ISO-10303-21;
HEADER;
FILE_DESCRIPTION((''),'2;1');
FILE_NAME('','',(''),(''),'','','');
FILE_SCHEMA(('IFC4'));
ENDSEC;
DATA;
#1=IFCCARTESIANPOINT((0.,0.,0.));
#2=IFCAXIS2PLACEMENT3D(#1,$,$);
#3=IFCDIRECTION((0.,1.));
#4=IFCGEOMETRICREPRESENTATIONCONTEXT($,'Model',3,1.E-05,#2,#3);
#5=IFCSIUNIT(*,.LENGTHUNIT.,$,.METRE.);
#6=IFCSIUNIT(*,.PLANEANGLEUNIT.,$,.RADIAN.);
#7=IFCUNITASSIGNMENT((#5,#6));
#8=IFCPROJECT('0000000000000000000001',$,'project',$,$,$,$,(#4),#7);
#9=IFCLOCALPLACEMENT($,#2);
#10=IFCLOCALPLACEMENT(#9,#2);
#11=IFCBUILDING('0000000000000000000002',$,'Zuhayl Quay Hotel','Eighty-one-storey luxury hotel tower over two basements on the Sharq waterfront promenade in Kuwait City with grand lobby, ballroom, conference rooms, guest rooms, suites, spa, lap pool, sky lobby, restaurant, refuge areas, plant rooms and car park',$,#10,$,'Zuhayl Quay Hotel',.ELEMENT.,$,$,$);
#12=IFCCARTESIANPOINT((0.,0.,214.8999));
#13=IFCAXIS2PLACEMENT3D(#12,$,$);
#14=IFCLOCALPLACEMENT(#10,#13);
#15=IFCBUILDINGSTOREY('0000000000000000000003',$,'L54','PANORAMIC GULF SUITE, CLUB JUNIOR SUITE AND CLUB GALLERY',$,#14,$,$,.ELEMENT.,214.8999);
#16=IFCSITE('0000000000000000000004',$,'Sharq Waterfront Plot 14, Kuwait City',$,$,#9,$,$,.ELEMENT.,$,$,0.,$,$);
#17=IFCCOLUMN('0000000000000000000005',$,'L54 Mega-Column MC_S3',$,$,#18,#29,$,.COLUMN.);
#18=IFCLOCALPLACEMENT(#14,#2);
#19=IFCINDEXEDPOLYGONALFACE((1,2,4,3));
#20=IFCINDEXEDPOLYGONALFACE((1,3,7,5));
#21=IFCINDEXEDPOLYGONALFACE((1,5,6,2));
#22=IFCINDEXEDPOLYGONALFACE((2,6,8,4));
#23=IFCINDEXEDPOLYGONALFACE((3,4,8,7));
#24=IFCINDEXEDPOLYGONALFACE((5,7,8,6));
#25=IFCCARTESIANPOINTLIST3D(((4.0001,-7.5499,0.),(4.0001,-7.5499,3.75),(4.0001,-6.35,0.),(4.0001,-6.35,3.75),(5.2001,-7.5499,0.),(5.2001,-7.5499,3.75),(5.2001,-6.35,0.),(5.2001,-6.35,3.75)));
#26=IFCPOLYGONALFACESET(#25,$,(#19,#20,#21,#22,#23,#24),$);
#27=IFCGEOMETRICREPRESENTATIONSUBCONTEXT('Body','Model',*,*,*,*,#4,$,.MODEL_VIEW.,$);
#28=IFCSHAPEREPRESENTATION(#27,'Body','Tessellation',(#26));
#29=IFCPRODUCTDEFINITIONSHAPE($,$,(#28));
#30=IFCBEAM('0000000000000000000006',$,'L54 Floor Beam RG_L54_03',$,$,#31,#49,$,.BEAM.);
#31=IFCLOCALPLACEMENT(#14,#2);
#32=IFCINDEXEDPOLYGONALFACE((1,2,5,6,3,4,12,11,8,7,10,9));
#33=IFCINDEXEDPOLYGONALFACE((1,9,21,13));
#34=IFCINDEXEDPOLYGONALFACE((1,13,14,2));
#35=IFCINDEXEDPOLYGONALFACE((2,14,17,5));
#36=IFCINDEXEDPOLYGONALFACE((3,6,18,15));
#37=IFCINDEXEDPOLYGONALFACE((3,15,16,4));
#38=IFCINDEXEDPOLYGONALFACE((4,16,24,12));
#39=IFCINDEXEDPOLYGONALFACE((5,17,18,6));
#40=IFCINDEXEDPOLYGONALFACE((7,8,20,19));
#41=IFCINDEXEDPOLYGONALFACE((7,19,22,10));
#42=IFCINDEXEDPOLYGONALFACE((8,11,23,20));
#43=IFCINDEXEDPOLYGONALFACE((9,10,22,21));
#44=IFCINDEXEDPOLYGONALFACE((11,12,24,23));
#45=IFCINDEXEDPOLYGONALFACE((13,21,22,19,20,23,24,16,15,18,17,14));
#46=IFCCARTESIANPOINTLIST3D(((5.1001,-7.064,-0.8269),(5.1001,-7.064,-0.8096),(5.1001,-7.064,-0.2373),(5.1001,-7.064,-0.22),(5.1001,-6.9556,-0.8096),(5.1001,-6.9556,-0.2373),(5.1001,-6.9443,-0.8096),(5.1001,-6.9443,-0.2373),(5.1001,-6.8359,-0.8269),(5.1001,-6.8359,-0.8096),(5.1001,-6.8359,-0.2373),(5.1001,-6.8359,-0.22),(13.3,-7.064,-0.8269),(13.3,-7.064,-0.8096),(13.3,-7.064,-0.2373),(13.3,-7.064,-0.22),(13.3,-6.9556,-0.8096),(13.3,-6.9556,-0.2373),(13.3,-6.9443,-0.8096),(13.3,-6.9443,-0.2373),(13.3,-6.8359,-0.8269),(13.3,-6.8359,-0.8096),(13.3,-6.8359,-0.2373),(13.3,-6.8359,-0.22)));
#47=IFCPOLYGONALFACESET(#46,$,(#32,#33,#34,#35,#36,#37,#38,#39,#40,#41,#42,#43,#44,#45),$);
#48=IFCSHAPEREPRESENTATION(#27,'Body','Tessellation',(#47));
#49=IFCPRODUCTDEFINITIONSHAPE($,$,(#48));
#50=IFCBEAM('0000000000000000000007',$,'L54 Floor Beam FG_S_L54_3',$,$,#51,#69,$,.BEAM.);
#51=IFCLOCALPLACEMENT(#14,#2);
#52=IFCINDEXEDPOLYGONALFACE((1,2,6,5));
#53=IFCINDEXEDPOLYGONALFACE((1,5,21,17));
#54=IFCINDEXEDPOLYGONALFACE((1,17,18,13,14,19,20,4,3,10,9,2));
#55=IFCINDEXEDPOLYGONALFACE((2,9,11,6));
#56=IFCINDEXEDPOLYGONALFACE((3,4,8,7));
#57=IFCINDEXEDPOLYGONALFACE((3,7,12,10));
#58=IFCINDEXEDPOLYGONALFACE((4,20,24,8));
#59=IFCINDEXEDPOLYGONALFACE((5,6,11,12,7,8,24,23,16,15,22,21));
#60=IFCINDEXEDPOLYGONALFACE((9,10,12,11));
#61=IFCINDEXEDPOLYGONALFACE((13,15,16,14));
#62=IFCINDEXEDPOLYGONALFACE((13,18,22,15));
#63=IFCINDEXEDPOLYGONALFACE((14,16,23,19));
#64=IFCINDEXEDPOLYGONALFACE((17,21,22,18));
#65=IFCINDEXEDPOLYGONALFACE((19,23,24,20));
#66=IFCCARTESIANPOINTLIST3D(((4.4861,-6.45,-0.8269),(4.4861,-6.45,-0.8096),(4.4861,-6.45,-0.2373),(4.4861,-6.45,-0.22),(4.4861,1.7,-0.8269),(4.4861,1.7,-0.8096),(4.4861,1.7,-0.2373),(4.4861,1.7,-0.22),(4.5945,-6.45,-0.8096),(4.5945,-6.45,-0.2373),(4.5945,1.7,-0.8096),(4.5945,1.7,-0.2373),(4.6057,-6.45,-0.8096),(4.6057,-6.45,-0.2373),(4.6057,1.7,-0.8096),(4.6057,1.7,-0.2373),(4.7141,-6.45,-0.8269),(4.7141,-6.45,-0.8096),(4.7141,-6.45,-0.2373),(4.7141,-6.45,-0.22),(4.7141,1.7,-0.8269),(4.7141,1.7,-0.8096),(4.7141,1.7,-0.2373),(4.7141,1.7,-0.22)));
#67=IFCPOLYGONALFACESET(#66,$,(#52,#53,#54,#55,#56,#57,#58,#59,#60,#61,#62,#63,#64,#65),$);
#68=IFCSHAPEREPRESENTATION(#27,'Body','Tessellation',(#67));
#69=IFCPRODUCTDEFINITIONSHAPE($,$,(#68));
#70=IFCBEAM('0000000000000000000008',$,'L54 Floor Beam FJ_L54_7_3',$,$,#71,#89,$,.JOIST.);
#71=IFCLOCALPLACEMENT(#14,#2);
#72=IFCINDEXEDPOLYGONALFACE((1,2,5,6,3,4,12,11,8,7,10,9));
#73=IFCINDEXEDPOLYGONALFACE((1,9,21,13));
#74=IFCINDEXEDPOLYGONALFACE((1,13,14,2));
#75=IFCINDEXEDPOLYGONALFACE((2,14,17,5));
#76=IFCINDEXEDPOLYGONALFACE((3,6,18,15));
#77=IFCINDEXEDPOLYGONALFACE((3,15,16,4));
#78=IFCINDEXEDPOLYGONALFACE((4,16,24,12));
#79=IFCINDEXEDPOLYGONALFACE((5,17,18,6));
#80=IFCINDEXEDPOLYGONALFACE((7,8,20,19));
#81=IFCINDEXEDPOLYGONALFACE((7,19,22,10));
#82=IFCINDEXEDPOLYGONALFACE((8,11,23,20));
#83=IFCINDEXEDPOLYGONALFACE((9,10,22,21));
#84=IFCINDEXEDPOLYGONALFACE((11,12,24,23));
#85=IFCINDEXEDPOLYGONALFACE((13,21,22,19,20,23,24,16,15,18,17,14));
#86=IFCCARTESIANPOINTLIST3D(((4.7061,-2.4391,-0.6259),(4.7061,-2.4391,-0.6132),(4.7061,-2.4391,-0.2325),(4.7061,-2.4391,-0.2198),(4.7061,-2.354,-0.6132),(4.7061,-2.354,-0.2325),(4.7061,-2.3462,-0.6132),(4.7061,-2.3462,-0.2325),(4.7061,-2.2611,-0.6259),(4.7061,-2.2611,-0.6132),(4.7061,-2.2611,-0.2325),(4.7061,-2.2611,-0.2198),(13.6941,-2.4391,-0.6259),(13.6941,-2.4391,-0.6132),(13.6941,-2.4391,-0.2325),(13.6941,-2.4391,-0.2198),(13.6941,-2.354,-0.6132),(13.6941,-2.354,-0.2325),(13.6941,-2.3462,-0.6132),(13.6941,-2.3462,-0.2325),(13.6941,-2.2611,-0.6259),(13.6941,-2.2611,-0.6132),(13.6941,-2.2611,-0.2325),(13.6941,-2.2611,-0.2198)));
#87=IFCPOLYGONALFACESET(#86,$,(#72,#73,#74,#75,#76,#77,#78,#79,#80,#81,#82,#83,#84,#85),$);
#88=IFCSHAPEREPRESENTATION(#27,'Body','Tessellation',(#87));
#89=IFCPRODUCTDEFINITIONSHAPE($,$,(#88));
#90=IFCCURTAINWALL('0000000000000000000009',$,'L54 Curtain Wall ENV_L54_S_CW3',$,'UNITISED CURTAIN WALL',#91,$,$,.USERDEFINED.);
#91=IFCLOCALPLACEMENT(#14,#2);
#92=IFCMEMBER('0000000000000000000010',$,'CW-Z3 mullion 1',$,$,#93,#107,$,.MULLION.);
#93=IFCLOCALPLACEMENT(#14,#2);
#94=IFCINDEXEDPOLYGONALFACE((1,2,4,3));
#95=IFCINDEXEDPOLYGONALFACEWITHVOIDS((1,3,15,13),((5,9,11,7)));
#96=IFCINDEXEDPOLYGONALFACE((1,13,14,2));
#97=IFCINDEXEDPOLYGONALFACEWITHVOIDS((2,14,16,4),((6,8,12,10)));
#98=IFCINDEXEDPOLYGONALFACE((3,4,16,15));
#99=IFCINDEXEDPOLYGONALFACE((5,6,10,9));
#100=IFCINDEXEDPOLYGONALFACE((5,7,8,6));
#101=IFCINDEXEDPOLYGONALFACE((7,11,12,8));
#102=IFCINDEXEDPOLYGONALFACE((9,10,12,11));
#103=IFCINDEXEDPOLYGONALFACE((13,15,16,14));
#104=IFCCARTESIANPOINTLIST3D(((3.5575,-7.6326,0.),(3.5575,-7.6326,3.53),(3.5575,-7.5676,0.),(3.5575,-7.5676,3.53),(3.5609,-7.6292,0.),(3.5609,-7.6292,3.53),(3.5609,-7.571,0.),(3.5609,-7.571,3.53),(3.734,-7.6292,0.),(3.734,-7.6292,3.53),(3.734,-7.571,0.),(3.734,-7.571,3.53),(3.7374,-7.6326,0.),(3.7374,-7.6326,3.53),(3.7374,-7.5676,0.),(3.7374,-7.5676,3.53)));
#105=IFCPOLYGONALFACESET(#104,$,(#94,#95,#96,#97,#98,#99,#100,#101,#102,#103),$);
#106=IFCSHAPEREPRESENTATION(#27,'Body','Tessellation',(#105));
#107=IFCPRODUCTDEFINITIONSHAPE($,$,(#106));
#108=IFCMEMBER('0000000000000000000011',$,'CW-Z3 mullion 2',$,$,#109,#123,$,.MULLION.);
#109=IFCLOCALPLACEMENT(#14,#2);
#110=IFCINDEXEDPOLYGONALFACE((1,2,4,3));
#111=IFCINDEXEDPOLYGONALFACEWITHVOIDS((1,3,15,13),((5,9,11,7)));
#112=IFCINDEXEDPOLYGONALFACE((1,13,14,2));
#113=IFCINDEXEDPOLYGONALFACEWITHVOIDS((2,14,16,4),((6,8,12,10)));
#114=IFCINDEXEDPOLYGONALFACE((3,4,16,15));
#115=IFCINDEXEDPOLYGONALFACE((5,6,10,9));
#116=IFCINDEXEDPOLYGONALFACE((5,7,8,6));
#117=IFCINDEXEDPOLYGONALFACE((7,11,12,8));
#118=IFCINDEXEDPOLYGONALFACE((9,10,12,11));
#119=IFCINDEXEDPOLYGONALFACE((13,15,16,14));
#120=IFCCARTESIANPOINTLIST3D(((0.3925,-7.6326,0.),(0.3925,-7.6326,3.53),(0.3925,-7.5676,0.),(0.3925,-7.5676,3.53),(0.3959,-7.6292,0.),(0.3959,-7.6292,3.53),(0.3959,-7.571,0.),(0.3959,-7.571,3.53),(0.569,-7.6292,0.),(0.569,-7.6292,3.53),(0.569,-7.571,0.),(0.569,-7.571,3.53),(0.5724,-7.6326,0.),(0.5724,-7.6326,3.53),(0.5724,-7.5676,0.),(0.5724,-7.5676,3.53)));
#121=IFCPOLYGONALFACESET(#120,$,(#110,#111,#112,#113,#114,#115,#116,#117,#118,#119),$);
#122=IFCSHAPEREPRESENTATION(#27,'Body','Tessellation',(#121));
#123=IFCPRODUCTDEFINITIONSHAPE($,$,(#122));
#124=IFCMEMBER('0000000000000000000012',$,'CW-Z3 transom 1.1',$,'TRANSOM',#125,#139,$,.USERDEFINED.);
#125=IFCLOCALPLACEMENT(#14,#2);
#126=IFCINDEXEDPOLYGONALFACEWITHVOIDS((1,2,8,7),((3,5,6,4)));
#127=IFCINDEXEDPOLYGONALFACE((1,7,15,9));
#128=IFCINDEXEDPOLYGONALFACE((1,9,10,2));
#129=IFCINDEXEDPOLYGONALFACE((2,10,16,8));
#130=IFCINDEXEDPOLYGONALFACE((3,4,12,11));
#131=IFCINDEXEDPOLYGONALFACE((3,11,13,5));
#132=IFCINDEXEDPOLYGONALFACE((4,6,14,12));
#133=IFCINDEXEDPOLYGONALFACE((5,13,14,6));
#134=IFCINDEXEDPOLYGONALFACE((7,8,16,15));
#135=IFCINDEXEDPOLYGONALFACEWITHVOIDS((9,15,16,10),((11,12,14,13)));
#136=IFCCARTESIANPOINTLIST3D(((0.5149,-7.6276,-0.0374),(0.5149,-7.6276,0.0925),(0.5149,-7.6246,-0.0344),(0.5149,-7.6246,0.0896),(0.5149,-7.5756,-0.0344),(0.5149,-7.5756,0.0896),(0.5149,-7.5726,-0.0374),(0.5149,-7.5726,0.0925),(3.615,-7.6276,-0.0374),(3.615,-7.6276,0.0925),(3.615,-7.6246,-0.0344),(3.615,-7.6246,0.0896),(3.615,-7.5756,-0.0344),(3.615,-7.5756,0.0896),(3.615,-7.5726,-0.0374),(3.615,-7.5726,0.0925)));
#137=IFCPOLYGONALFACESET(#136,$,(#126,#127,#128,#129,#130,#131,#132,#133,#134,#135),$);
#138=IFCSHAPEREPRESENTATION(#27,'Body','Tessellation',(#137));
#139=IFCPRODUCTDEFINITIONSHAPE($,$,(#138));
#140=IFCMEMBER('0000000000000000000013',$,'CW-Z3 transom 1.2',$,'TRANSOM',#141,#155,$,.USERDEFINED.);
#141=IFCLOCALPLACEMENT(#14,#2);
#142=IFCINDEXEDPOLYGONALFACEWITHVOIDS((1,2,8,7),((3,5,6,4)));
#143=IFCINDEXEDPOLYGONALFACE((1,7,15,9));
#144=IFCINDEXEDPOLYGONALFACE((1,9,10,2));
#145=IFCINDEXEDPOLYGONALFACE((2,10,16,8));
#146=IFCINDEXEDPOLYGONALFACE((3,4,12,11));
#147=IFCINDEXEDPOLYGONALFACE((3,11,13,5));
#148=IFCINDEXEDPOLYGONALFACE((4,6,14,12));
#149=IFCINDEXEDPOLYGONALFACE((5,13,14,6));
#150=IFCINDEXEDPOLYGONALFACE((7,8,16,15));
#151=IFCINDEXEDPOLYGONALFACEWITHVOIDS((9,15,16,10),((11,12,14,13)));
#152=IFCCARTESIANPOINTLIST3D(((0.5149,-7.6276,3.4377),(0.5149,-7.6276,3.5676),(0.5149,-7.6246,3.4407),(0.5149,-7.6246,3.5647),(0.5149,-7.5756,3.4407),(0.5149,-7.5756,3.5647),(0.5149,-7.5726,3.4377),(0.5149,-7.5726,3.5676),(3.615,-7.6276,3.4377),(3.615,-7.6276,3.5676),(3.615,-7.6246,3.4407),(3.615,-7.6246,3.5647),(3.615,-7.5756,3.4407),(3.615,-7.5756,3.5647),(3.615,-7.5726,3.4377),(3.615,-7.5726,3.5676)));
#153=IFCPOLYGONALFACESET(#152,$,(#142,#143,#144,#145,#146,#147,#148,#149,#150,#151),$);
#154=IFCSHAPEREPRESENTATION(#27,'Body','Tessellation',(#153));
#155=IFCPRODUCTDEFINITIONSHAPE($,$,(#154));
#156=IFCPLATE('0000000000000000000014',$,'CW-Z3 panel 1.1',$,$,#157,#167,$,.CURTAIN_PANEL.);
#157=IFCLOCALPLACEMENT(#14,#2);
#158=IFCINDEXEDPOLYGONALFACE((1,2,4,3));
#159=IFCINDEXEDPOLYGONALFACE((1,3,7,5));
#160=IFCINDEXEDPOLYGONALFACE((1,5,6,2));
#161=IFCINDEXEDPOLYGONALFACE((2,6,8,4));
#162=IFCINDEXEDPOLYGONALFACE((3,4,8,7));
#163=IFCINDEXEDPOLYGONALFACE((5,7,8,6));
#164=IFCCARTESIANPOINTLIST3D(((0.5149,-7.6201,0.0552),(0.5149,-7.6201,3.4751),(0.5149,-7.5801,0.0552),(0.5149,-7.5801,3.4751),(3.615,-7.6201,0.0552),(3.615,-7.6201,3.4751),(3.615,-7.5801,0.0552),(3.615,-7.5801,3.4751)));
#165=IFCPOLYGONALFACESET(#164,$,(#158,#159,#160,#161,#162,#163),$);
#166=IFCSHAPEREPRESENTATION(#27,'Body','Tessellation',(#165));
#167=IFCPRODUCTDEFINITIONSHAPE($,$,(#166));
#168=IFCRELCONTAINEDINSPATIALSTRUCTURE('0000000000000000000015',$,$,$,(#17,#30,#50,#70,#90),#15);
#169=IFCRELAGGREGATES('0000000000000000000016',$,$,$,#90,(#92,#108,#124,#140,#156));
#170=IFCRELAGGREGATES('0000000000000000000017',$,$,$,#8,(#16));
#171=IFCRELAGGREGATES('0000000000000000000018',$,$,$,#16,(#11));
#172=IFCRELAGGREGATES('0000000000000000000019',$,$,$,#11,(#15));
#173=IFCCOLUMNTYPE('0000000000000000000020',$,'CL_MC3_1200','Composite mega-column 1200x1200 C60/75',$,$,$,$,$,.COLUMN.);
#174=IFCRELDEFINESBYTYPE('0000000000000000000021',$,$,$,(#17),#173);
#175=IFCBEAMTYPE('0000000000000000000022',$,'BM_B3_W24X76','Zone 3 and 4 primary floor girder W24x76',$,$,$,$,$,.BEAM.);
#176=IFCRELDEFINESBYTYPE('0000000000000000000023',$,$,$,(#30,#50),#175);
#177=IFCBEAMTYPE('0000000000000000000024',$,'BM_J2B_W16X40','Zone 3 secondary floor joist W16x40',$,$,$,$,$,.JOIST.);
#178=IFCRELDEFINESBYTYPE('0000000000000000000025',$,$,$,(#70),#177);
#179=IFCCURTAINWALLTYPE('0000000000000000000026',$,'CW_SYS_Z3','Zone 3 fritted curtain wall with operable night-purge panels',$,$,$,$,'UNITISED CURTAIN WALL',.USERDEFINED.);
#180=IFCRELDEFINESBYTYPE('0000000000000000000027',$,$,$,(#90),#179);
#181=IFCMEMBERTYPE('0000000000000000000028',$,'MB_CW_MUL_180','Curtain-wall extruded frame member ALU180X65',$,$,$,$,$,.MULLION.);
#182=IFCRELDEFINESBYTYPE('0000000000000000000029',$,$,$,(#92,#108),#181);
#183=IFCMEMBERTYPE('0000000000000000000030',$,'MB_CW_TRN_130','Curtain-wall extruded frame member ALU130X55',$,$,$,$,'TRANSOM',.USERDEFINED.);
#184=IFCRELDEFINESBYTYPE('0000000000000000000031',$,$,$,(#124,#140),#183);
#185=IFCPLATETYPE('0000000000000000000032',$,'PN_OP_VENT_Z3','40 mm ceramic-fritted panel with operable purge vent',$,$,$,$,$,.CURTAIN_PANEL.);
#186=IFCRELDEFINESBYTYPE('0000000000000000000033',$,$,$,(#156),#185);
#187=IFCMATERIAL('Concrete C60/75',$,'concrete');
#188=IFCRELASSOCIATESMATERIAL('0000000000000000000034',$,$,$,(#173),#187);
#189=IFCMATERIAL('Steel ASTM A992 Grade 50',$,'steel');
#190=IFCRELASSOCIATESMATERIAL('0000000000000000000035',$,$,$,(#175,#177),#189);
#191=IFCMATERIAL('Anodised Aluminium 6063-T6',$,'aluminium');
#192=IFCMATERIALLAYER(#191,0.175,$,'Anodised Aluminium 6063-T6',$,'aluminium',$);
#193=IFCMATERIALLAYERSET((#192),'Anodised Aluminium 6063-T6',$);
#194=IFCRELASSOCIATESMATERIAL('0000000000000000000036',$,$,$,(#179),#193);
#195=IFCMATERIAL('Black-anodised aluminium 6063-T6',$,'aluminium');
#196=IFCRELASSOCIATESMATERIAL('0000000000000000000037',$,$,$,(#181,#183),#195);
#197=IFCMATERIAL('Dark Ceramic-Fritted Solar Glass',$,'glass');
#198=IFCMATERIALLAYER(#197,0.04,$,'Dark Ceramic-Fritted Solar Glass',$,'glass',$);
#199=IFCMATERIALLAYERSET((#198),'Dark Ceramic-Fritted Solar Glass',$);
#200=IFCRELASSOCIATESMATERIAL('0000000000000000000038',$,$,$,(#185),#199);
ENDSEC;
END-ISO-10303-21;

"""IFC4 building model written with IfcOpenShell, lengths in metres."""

from ifc_helpers import new_model, si_unit, direction, frame, origin, origin_2d, place, context, subcontext, project, spatial, rectangle, hollow_rectangle, i_section, extrude, material, layer, layer_set, material_profile, profile_set, type_object, element, aggregate, save


model = new_model("IFC4")

# Units and contexts
model_context = context("Model", 3, precision=1e-05, world=origin(), true_north=direction((0.0, 1.0)))
body_context = subcontext(model_context, "Body", "Model", "MODEL_VIEW")
ifc_project = project(units=[si_unit("LENGTHUNIT", "METRE"), si_unit("PLANEANGLEUNIT", "RADIAN")], contexts=[model_context])

# Site, building, storey
site_placement = place(None, origin())
site = spatial("IfcSite", under=ifc_project, at=site_placement, Name="Sharq Waterfront Plot 14, Kuwait City", CompositionType="ELEMENT", RefElevation=0.0)
building_placement = place(site_placement, origin())
building = spatial("IfcBuilding", under=site, at=building_placement, Name="Zuhayl Quay Hotel", Description="Eighty-one-storey luxury hotel tower over two basements on the Sharq waterfront promenade in Kuwait City with grand lobby, ballroom, conference rooms, guest rooms, suites, spa, lap pool, sky lobby, restaurant, refuge areas, plant rooms and car park", LongName="Zuhayl Quay Hotel", CompositionType="ELEMENT")
storey_placement = place(building_placement, frame((0.0, 0.0, 214.8999)))
storey = spatial("IfcBuildingStorey", under=building, at=storey_placement, Name="L54", Description="PANORAMIC GULF SUITE, CLUB JUNIOR SUITE AND CLUB GALLERY", CompositionType="ELEMENT", Elevation=214.8999)

# Column
ifc_material_1 = material(Name="Concrete C60/75", Category="concrete")
ifc_material_profile_1 = material_profile(ifc_material_1, rectangle(XDim=1.2, YDim=1.2, at=origin_2d()), Name="RC1200X1200")
ifc_profile_set_1 = profile_set([ifc_material_profile_1], Name="Concrete C60/75")
column_type = type_object("IfcColumnType", Name="CL_MC3_1200", Description="Composite mega-column 1200x1200 C60/75", PredefinedType="COLUMN", material=ifc_profile_set_1)
column_placement = place(storey_placement, frame((4.6001, -6.95, 0.0), z_axis=(0.0, 0.0, 1.0), x_axis=(1.0, 0.0, 0.0)))
element("IfcColumn", 1, at=column_placement, inside=storey, type_object=column_type, Name="L54 Mega-Column MC_S3", PredefinedType="COLUMN", context=body_context, shape_type="SweptSolid", body=[
    extrude(rectangle(XDim=1.2, YDim=1.2, at=origin_2d()), origin(), (0.0, 0.0, 1.0), 3.75),
])

# Beams
ifc_material_2 = material(Name="Steel ASTM A992 Grade 50", Category="steel")
ifc_material_profile_2 = material_profile(ifc_material_2, i_section(OverallWidth=0.228, OverallDepth=0.6069, WebThickness=0.0112, FlangeThickness=0.0173, at=origin_2d()), Name="W24X76")
ifc_profile_set_2 = profile_set([ifc_material_profile_2], Name="Steel ASTM A992 Grade 50")
beam_type_1 = type_object("IfcBeamType", Name="BM_B3_W24X76", Description="Zone 3 and 4 primary floor girder W24x76", PredefinedType="BEAM", material=ifc_profile_set_2)
beam_1_placement = place(storey_placement, frame((5.1001, -6.95, -0.5234), z_axis=(1.0, 0.0, 0.0), x_axis=(0.0, 1.0, 0.0)))
element("IfcBeam", 2, at=beam_1_placement, inside=storey, type_object=beam_type_1, Name="L54 Floor Beam RG_L54_03", PredefinedType="BEAM", context=body_context, shape_type="SweptSolid", body=[
    extrude(i_section(OverallWidth=0.228, OverallDepth=0.6069, WebThickness=0.0112, FlangeThickness=0.0173, at=origin_2d()), origin(), (0.0, 0.0, 1.0), 8.2),
])
beam_2_placement = place(storey_placement, frame((4.6001, -6.45, -0.5234), z_axis=(0.0, 1.0, 0.0), x_axis=(-1.0, 0.0, 0.0)))
element("IfcBeam", 3, at=beam_2_placement, inside=storey, type_object=beam_type_1, Name="L54 Floor Beam FG_S_L54_3", PredefinedType="BEAM", context=body_context, shape_type="SweptSolid", body=[
    extrude(i_section(OverallWidth=0.228, OverallDepth=0.6069, WebThickness=0.0112, FlangeThickness=0.0173, at=origin_2d()), origin(), (0.0, 0.0, 1.0), 8.1499),
])
ifc_material_profile_3 = material_profile(ifc_material_2, i_section(OverallWidth=0.178, OverallDepth=0.406, WebThickness=0.0078, FlangeThickness=0.0127, at=origin_2d()), Name="W16X40")
ifc_profile_set_3 = profile_set([ifc_material_profile_3], Name="Steel ASTM A992 Grade 50")
beam_type_2 = type_object("IfcBeamType", Name="BM_J2B_W16X40", Description="Zone 3 secondary floor joist W16x40", PredefinedType="JOIST", material=ifc_profile_set_3)
beam_3_placement = place(storey_placement, frame((4.7061, -2.3501, -0.4229), z_axis=(1.0, 0.0, 0.0), x_axis=(0.0, 1.0, 0.0)))
element("IfcBeam", 4, at=beam_3_placement, inside=storey, type_object=beam_type_2, Name="L54 Floor Beam FJ_L54_7_3", PredefinedType="JOIST", context=body_context, shape_type="SweptSolid", body=[
    extrude(i_section(OverallWidth=0.178, OverallDepth=0.406, WebThickness=0.0078, FlangeThickness=0.0127, at=origin_2d()), origin(), (0.0, 0.0, 1.0), 8.988),
])

# Curtain wall, members, plate
ifc_material_3 = material(Name="Anodised Aluminium 6063-T6", Category="aluminium")
ifc_layer_1 = layer(ifc_material_3, 0.175, Name="Anodised Aluminium 6063-T6", Category="aluminium")
ifc_layer_set_1 = layer_set([ifc_layer_1], Name="Anodised Aluminium 6063-T6")
curtain_wall_type = type_object("IfcCurtainWallType", Name="CW_SYS_Z3", Description="Zone 3 fritted curtain wall with operable night-purge panels", ElementType="UNITISED CURTAIN WALL", PredefinedType="USERDEFINED", material=ifc_layer_set_1)
curtain_wall_placement = place(storey_placement, origin())
curtain_wall = element("IfcCurtainWall", 5, at=curtain_wall_placement, inside=storey, type_object=curtain_wall_type, Name="L54 Curtain Wall ENV_L54_S_CW3", ObjectType="UNITISED CURTAIN WALL", PredefinedType="USERDEFINED")
ifc_material_4 = material(Name="Black-anodised aluminium 6063-T6", Category="aluminium")
ifc_material_profile_4 = material_profile(ifc_material_4, hollow_rectangle(XDim=0.0649, YDim=0.1799, WallThickness=0.0034, at=origin_2d()), Name="ALU180X65")
ifc_profile_set_4 = profile_set([ifc_material_profile_4], Name="Black-anodised aluminium 6063-T6")
member_type_1 = type_object("IfcMemberType", Name="MB_CW_MUL_180", Description="Curtain-wall extruded frame member ALU180X65", PredefinedType="MULLION", material=ifc_profile_set_4)
member_1_placement = place(storey_placement, frame((3.6475, -7.6001, 0.0), z_axis=(0.0, 0.0, 1.0), x_axis=(0.0, -1.0, 0.0)))
member_1 = element("IfcMember", 6, at=member_1_placement, type_object=member_type_1, Name="CW-Z3 mullion 1", PredefinedType="MULLION", context=body_context, shape_type="SweptSolid", body=[
    extrude(hollow_rectangle(XDim=0.0649, YDim=0.1799, WallThickness=0.0034, at=origin_2d()), origin(), (0.0, 0.0, 1.0), 3.53),
])
member_2_placement = place(storey_placement, frame((0.4824, -7.6001, 0.0), z_axis=(0.0, 0.0, 1.0), x_axis=(0.0, -1.0, 0.0)))
member_2 = element("IfcMember", 7, at=member_2_placement, type_object=member_type_1, Name="CW-Z3 mullion 2", PredefinedType="MULLION", context=body_context, shape_type="SweptSolid", body=[
    extrude(hollow_rectangle(XDim=0.0649, YDim=0.1799, WallThickness=0.0034, at=origin_2d()), origin(), (0.0, 0.0, 1.0), 3.53),
])
ifc_material_profile_5 = material_profile(ifc_material_4, hollow_rectangle(XDim=0.0549, YDim=0.1299, WallThickness=0.0029, at=origin_2d()), Name="ALU130X55")
ifc_profile_set_5 = profile_set([ifc_material_profile_5], Name="Black-anodised aluminium 6063-T6")
member_type_2 = type_object("IfcMemberType", Name="MB_CW_TRN_130", Description="Curtain-wall extruded frame member ALU130X55", ElementType="TRANSOM", PredefinedType="USERDEFINED", material=ifc_profile_set_5)
member_3_placement = place(storey_placement, frame((3.615, -7.6001, 0.0276), z_axis=(-1.0, 0.0, 0.0), x_axis=(0.0, -1.0, 0.0)))
member_3 = element("IfcMember", 8, at=member_3_placement, type_object=member_type_2, Name="CW-Z3 transom 1.1", ObjectType="TRANSOM", PredefinedType="USERDEFINED", context=body_context, shape_type="SweptSolid", body=[
    extrude(hollow_rectangle(XDim=0.0549, YDim=0.1299, WallThickness=0.0029, at=origin_2d()), origin(), (0.0, 0.0, 1.0), 3.1001),
])
member_4_placement = place(storey_placement, frame((3.615, -7.6001, 3.5027), z_axis=(-1.0, 0.0, 0.0), x_axis=(0.0, -1.0, 0.0)))
member_4 = element("IfcMember", 9, at=member_4_placement, type_object=member_type_2, Name="CW-Z3 transom 1.2", ObjectType="TRANSOM", PredefinedType="USERDEFINED", context=body_context, shape_type="SweptSolid", body=[
    extrude(hollow_rectangle(XDim=0.0549, YDim=0.1299, WallThickness=0.0029, at=origin_2d()), origin(), (0.0, 0.0, 1.0), 3.1001),
])
ifc_material_5 = material(Name="Dark Ceramic-Fritted Solar Glass", Category="glass")
ifc_layer_2 = layer(ifc_material_5, 0.04, Name="Dark Ceramic-Fritted Solar Glass", Category="glass")
ifc_layer_set_2 = layer_set([ifc_layer_2], Name="Dark Ceramic-Fritted Solar Glass")
plate_type = type_object("IfcPlateType", Name="PN_OP_VENT_Z3", Description="40 mm ceramic-fritted panel with operable purge vent", PredefinedType="CURTAIN_PANEL", material=ifc_layer_set_2)
plate_placement = place(storey_placement, frame((2.0649, -7.6001, 0.0552), z_axis=(0.0, 0.0, 1.0), x_axis=(-1.0, 0.0, 0.0)))
plate = element("IfcPlate", 10, at=plate_placement, type_object=plate_type, Name="CW-Z3 panel 1.1", PredefinedType="CURTAIN_PANEL", context=body_context, shape_type="SweptSolid", body=[
    extrude(rectangle(XDim=3.1001, YDim=0.04, at=origin_2d()), origin(), (0.0, 0.0, 1.0), 3.4199),
])
aggregate(curtain_wall, [member_1, member_2, member_3, member_4, plate])

save(model, "model.ifc")
